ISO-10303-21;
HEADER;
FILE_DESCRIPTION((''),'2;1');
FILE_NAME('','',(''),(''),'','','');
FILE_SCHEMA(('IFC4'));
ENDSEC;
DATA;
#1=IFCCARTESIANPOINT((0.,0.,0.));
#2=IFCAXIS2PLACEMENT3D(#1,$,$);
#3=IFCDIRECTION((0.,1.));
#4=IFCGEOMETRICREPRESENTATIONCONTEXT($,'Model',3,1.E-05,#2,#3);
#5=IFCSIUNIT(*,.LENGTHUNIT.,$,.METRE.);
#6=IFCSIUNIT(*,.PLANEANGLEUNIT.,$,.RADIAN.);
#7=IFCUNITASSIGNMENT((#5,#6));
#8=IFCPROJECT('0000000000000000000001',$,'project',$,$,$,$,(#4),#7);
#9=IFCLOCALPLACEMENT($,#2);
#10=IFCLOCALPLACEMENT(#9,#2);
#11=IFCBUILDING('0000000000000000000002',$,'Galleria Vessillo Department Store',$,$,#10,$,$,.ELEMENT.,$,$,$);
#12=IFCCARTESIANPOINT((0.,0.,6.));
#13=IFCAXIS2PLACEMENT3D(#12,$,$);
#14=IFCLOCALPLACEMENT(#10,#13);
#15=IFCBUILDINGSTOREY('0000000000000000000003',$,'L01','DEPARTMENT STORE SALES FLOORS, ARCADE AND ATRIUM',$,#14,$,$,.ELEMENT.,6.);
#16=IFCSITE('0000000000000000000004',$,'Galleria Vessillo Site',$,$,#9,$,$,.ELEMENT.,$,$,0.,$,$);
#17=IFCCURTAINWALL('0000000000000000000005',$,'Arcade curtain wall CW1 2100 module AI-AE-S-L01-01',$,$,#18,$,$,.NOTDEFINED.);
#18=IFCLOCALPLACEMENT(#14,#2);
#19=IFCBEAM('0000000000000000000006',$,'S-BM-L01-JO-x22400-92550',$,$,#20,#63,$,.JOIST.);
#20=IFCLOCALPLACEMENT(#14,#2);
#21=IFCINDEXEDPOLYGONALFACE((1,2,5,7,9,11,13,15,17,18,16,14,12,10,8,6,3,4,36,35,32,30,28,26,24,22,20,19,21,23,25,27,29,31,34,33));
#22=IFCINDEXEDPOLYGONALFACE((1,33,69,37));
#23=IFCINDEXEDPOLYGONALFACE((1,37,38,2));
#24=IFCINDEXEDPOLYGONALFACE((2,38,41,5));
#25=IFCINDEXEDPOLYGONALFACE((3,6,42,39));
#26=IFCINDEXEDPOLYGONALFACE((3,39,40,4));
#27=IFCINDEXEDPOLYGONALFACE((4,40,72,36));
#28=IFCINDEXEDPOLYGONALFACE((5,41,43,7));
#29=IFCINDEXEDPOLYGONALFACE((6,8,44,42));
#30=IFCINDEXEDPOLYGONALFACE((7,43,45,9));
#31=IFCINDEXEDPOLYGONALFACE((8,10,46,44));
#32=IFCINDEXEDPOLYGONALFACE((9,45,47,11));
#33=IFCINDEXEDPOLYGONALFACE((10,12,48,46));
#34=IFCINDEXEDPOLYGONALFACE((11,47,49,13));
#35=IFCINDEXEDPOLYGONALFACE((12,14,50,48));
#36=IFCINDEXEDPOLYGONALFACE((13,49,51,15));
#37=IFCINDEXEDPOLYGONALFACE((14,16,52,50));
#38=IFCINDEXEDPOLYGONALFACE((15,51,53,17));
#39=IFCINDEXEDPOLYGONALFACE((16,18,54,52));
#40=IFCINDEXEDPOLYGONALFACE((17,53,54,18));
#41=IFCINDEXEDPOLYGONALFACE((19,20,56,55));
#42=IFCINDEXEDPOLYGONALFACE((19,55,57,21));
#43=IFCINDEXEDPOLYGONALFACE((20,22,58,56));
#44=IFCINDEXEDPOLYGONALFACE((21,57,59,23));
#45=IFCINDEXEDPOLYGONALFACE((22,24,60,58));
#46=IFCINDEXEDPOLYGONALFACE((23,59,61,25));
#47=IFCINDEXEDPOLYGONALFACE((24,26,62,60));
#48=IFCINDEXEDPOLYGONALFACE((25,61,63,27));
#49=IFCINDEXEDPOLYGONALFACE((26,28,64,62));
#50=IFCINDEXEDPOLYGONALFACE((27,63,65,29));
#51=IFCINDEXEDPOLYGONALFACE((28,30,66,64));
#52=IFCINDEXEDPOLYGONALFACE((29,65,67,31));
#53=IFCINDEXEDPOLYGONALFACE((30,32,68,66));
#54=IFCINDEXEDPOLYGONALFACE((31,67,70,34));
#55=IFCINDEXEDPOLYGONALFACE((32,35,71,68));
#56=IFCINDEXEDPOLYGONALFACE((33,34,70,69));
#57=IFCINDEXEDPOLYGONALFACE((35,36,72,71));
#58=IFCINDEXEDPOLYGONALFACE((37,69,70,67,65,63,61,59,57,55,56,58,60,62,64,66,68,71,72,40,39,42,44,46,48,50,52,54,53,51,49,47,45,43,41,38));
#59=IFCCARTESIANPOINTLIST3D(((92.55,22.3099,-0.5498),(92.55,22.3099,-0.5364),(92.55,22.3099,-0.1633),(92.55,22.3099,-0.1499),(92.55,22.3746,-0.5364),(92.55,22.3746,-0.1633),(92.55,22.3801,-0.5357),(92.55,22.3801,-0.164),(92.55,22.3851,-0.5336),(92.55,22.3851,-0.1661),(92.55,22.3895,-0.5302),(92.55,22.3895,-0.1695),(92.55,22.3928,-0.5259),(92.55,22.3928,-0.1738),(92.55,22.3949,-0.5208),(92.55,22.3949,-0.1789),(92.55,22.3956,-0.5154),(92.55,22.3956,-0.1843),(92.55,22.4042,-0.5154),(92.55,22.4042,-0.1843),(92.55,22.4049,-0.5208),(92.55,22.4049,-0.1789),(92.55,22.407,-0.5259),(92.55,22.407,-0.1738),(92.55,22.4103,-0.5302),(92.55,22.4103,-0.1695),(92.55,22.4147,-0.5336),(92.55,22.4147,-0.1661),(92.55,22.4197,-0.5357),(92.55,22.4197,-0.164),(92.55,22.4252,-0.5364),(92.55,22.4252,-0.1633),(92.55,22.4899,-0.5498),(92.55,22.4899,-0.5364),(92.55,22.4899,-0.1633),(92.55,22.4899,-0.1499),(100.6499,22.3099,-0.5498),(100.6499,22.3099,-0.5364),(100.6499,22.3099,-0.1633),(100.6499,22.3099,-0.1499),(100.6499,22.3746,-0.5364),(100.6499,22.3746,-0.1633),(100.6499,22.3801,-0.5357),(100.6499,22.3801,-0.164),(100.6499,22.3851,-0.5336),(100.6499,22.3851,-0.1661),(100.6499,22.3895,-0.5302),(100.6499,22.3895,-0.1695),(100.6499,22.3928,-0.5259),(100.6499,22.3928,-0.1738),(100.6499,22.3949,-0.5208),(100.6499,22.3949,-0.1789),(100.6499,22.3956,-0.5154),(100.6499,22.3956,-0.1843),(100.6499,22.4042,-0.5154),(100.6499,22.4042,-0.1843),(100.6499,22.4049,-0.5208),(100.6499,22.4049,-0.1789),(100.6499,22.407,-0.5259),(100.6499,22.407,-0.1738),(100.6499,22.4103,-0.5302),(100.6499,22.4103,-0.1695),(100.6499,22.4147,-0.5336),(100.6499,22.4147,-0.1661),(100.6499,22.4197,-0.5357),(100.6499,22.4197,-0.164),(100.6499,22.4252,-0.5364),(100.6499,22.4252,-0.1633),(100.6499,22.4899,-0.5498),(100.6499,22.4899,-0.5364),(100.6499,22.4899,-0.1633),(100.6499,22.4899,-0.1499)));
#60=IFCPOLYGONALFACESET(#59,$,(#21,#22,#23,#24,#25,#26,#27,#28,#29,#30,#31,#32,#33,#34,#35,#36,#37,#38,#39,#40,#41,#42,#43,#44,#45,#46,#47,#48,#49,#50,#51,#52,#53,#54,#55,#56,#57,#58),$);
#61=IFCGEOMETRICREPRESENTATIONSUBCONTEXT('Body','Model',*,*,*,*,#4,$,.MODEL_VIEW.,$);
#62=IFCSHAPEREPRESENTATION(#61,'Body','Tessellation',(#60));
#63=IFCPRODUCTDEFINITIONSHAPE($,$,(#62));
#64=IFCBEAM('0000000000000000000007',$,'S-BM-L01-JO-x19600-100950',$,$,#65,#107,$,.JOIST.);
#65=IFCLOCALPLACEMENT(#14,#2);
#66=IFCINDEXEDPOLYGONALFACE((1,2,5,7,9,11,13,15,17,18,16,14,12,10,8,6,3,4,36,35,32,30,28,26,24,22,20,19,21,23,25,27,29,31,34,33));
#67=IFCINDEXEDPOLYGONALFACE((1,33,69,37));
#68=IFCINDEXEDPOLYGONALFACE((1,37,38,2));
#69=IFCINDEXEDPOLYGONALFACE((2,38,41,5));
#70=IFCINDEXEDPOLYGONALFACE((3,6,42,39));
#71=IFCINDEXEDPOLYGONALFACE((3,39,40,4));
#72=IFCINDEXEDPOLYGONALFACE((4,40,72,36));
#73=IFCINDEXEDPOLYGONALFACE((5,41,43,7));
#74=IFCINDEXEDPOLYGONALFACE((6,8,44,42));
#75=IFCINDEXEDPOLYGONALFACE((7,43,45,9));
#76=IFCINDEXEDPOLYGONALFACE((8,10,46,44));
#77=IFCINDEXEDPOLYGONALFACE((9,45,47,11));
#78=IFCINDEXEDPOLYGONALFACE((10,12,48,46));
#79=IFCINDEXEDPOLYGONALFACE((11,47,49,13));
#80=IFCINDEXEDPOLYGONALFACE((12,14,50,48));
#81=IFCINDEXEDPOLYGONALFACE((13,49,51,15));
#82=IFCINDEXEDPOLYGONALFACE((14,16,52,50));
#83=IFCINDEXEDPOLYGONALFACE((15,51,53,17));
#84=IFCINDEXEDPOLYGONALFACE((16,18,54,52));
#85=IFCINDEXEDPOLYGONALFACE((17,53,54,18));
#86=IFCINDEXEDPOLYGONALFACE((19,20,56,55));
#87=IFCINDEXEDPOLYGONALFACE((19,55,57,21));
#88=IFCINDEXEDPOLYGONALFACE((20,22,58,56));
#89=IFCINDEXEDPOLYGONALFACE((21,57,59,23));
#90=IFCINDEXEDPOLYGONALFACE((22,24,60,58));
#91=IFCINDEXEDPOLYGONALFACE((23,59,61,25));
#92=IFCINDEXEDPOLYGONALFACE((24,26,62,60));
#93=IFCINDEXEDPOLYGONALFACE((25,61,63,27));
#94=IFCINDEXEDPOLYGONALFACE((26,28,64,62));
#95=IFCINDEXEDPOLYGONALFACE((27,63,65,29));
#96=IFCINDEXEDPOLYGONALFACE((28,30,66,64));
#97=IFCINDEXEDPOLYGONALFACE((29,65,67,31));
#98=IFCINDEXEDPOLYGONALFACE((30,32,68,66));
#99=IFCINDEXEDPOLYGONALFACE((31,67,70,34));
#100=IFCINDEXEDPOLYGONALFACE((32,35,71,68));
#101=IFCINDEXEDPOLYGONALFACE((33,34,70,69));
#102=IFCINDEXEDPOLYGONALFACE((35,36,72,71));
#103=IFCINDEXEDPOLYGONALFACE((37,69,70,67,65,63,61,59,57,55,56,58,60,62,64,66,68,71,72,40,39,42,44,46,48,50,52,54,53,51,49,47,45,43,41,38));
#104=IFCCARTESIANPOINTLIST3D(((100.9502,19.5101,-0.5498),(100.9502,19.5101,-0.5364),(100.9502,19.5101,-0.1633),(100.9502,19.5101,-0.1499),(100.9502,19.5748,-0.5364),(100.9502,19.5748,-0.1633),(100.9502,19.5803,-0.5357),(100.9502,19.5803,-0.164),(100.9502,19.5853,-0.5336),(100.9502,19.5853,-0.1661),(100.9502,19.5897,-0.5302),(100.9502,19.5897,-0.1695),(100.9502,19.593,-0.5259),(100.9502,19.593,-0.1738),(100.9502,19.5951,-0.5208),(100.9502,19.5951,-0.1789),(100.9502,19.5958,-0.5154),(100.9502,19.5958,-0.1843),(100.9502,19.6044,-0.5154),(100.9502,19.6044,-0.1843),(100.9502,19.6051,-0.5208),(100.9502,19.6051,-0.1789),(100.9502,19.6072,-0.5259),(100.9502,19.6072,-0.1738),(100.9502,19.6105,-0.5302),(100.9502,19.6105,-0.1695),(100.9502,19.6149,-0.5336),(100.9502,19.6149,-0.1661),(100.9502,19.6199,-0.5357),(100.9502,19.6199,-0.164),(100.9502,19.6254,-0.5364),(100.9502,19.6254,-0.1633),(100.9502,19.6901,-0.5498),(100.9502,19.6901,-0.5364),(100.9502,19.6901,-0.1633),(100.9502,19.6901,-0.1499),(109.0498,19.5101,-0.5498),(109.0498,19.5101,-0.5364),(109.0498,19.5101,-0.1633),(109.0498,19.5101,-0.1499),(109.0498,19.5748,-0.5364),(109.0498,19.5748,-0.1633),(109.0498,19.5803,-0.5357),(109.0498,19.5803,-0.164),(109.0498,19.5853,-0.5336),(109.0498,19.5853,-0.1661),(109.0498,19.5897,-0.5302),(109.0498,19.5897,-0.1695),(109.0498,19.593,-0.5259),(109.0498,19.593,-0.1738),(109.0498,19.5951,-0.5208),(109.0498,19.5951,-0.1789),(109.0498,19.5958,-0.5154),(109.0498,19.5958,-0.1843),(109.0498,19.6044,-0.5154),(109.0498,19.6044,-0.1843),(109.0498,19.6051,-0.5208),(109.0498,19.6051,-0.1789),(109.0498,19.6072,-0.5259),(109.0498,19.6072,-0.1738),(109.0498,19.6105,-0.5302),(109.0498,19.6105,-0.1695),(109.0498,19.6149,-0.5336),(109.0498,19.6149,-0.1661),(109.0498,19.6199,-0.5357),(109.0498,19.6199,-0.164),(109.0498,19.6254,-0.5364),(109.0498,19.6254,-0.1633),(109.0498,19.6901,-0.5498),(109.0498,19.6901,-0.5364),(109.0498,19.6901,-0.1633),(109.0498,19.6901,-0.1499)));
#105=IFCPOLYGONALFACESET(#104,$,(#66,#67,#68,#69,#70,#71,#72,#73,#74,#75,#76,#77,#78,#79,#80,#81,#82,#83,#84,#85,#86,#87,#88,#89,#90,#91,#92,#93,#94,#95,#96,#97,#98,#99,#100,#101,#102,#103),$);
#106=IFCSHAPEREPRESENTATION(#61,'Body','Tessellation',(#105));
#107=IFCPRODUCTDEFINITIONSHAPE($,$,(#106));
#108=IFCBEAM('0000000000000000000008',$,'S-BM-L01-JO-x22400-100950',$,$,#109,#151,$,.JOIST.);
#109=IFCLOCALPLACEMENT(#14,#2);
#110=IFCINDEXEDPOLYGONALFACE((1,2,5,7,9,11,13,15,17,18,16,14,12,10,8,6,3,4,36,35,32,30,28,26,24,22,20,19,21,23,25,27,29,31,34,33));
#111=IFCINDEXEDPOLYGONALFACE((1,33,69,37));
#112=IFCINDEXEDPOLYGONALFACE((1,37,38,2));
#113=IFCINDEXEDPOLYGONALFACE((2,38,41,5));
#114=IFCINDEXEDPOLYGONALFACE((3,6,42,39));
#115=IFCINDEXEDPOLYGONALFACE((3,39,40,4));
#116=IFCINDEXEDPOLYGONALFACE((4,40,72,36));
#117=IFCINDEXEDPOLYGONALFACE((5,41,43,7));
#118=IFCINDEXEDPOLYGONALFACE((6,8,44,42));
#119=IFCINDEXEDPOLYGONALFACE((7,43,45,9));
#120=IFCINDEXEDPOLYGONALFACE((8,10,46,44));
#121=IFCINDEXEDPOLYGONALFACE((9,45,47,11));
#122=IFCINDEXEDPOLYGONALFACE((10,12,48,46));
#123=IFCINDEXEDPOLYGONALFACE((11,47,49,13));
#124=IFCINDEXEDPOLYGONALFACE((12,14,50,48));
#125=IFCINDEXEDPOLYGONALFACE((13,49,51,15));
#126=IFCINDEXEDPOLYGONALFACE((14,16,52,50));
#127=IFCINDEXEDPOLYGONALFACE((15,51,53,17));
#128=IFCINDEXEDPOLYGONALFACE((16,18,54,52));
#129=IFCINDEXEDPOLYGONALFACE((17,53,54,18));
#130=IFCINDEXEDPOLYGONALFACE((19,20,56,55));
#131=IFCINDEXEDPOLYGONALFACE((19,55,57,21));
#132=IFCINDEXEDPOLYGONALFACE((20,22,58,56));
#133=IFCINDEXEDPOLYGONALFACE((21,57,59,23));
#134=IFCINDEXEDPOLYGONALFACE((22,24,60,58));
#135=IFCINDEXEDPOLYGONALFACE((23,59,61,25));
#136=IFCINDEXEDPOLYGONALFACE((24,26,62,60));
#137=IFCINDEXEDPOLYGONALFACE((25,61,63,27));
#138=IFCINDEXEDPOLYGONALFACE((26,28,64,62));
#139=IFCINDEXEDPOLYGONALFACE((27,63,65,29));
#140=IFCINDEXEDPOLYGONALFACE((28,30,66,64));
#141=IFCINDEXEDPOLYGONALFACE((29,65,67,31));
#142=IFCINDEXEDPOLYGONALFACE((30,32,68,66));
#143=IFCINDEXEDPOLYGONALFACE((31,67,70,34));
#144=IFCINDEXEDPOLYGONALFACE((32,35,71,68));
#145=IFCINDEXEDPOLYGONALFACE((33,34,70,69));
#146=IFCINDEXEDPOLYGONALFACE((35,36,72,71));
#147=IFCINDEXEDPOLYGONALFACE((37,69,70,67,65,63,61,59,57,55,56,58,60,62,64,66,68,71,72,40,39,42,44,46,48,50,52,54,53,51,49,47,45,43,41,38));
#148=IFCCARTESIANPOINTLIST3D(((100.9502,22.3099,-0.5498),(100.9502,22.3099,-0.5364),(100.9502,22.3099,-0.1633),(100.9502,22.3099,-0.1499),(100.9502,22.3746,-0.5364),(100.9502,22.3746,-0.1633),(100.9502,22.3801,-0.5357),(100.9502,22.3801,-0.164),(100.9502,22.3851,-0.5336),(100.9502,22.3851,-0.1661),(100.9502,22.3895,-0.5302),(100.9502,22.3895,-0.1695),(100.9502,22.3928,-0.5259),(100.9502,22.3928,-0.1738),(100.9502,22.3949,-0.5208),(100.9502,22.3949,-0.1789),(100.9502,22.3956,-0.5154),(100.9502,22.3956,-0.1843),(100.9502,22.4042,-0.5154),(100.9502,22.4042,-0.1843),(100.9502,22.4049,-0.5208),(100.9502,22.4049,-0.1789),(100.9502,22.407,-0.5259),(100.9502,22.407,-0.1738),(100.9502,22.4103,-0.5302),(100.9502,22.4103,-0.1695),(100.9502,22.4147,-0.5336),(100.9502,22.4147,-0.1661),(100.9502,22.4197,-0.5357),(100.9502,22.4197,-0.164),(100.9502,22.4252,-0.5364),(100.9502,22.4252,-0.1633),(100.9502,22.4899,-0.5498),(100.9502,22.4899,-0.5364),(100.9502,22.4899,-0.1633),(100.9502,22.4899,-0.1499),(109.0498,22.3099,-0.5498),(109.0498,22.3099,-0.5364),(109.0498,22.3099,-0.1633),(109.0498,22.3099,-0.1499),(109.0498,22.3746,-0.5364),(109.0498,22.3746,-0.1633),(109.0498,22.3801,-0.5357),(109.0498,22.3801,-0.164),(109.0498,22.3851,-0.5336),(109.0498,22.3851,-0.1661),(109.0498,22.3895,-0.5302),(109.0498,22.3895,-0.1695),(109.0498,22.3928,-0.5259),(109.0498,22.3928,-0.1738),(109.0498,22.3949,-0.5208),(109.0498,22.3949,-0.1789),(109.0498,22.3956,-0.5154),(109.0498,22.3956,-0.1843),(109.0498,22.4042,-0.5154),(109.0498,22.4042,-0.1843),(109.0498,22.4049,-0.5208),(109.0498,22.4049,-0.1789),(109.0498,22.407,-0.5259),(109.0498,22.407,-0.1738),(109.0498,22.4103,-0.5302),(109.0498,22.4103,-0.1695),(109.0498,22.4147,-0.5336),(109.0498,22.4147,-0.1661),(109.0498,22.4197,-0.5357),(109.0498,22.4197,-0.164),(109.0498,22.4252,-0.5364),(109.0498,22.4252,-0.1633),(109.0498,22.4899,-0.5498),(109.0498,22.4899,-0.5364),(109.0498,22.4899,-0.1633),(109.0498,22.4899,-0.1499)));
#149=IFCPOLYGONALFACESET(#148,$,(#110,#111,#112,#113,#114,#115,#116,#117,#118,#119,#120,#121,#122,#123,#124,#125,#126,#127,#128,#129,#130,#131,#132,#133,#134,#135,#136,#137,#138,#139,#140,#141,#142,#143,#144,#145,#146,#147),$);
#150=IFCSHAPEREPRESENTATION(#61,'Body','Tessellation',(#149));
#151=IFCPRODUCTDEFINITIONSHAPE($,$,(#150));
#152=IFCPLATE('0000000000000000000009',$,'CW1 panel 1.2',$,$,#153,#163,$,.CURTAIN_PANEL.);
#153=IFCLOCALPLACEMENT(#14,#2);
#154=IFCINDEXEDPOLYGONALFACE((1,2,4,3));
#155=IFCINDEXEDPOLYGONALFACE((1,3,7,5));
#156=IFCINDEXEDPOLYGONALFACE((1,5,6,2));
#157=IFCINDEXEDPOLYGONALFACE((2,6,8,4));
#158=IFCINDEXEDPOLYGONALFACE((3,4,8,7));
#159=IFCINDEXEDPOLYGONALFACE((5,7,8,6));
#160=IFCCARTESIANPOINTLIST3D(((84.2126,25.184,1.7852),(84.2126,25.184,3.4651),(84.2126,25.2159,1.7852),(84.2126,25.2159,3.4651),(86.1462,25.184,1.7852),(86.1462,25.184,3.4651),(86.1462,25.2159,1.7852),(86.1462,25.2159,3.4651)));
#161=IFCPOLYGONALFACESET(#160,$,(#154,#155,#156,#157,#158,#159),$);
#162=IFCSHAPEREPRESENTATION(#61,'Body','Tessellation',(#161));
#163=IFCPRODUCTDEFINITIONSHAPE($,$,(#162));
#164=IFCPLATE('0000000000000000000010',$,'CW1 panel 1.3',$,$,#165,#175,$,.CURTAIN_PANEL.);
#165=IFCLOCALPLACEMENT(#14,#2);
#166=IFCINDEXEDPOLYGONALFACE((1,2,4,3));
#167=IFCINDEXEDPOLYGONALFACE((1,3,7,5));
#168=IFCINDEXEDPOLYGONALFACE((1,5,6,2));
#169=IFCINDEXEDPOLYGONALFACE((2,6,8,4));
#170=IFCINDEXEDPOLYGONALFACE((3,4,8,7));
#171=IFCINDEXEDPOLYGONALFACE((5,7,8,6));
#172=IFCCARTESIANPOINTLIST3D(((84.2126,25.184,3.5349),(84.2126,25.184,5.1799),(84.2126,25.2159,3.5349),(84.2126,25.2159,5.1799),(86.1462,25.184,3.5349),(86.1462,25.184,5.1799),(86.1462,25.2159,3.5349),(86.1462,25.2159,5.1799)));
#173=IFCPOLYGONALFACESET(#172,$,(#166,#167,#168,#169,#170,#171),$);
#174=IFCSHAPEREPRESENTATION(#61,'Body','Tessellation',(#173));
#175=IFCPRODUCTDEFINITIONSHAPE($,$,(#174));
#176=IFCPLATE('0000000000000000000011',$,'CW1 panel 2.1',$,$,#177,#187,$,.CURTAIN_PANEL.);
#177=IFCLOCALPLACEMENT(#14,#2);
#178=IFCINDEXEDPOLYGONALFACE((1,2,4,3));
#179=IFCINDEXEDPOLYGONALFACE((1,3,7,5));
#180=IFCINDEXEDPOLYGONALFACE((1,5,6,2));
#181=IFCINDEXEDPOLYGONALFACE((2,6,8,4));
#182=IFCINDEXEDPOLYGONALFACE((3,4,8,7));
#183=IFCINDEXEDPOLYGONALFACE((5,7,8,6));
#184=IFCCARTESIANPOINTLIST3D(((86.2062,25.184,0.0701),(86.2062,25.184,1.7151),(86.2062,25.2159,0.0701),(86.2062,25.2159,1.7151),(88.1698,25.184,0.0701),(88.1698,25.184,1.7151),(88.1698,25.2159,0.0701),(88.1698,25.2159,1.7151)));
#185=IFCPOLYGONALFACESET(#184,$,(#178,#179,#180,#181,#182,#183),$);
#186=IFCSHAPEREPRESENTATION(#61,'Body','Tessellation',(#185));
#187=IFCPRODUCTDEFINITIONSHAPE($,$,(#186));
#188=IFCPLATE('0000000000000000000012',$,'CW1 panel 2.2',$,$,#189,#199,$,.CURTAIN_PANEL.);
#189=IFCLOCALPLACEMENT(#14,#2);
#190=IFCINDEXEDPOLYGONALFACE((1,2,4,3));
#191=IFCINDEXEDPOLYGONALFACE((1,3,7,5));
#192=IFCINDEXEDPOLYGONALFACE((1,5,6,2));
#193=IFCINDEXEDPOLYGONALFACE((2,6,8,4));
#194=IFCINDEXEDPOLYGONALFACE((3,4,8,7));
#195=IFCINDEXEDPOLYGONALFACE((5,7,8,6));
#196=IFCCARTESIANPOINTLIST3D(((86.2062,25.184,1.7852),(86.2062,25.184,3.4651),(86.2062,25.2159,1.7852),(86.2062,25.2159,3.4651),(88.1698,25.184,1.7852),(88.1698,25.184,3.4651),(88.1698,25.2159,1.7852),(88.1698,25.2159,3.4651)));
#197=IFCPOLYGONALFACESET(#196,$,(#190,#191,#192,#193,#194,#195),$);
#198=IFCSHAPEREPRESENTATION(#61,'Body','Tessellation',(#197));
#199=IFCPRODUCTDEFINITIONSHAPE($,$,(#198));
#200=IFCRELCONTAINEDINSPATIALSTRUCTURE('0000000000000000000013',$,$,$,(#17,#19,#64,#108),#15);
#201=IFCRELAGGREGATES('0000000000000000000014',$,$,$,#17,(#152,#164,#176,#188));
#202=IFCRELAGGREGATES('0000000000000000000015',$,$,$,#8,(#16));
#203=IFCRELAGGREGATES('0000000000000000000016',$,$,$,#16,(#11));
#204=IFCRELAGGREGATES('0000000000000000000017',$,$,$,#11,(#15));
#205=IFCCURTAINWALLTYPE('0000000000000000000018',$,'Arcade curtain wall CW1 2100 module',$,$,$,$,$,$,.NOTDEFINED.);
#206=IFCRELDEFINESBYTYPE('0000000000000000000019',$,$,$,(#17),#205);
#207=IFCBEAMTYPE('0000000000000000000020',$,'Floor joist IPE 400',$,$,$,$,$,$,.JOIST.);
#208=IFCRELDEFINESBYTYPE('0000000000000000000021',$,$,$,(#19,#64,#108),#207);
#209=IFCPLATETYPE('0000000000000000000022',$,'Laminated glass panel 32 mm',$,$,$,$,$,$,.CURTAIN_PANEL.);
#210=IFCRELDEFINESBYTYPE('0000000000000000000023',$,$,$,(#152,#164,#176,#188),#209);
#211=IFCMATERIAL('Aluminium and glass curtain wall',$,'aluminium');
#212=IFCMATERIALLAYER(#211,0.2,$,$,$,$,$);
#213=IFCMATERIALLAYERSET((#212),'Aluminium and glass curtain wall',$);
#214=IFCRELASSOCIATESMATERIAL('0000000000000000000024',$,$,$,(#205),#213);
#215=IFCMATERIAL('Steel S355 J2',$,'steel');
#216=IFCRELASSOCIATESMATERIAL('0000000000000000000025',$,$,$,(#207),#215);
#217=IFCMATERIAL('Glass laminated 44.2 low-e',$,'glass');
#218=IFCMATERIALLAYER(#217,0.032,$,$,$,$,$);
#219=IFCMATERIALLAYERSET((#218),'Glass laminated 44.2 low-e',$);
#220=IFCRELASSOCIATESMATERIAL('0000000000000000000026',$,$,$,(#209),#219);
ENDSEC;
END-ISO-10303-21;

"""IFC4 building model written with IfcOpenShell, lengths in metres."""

from ifc_helpers import new_model, si_unit, direction, frame, origin, origin_2d, place, context, subcontext, project, spatial, rectangle, i_section, extrude, material, layer, layer_set, material_profile, profile_set, type_object, element, aggregate, save


model = new_model("IFC4")

# Units and contexts
model_context = context("Model", 3, precision=1e-05, world=origin(), true_north=direction((0.0, 1.0)))
body_context = subcontext(model_context, "Body", "Model", "MODEL_VIEW")
ifc_project = project(units=[si_unit("LENGTHUNIT", "METRE"), si_unit("PLANEANGLEUNIT", "RADIAN")], contexts=[model_context])

# Site, building, storey
site_placement = place(None, origin())
site = spatial("IfcSite", under=ifc_project, at=site_placement, Name="Galleria Vessillo Site", CompositionType="ELEMENT", RefElevation=0.0)
building_placement = place(site_placement, origin())
building = spatial("IfcBuilding", under=site, at=building_placement, Name="Galleria Vessillo Department Store", CompositionType="ELEMENT")
storey_placement = place(building_placement, frame((0.0, 0.0, 6.0)))
storey = spatial("IfcBuildingStorey", under=building, at=storey_placement, Name="L01", Description="DEPARTMENT STORE SALES FLOORS, ARCADE AND ATRIUM", CompositionType="ELEMENT", Elevation=6.0)

# Curtain wall
ifc_material_1 = material(Name="Aluminium and glass curtain wall", Category="aluminium")
ifc_layer_1 = layer(ifc_material_1, 0.2)
ifc_layer_set_1 = layer_set([ifc_layer_1], Name="Aluminium and glass curtain wall")
curtain_wall_type = type_object("IfcCurtainWallType", Name="Arcade curtain wall CW1 2100 module", PredefinedType="NOTDEFINED", material=ifc_layer_set_1)
curtain_wall_placement = place(storey_placement, origin())
curtain_wall = element("IfcCurtainWall", 1, at=curtain_wall_placement, inside=storey, type_object=curtain_wall_type, Name="Arcade curtain wall CW1 2100 module AI-AE-S-L01-01", PredefinedType="NOTDEFINED")

# Beams
ifc_material_2 = material(Name="Steel S355 J2", Category="steel")
ifc_material_profile_1 = material_profile(ifc_material_2, i_section(OverallWidth=0.1799, OverallDepth=0.3999, WebThickness=0.0085, FlangeThickness=0.0134, FilletRadius=0.021, at=origin_2d()), Name="IPE 400")
ifc_profile_set_1 = profile_set([ifc_material_profile_1], Name="Steel S355 J2")
beam_type_1 = type_object("IfcBeamType", Name="Floor joist IPE 400", PredefinedType="JOIST", material=ifc_profile_set_1)
for number, where, z_axis, x_axis, name in (
    (2, (92.55, 22.3999, -0.3499), (1.0, 0.0, 0.0), (0.0, 1.0, 0.0), "S-BM-L01-JO-x22400-92550"),
):
    element("IfcBeam", number, at=place(storey_placement, frame(where, z_axis=z_axis, x_axis=x_axis)), inside=storey, type_object=beam_type_1, Name=name, PredefinedType="JOIST", context=body_context, shape_type="SweptSolid", body=[
        extrude(i_section(OverallWidth=0.1799, OverallDepth=0.3999, WebThickness=0.0085, FlangeThickness=0.0134, FilletRadius=0.021, at=origin_2d()), origin(), (0.0, 0.0, 1.0), 8.0999),
    ])
for number, where, z_axis, x_axis, name in (
    (3, (100.9502, 19.6001, -0.3499), (1.0, 0.0, 0.0), (0.0, 1.0, 0.0), "S-BM-L01-JO-x19600-100950"),
    (4, (100.9502, 22.3999, -0.3499), (1.0, 0.0, 0.0), (0.0, 1.0, 0.0), "S-BM-L01-JO-x22400-100950"),
):
    element("IfcBeam", number, at=place(storey_placement, frame(where, z_axis=z_axis, x_axis=x_axis)), inside=storey, type_object=beam_type_1, Name=name, PredefinedType="JOIST", context=body_context, shape_type="SweptSolid", body=[
        extrude(i_section(OverallWidth=0.1799, OverallDepth=0.3999, WebThickness=0.0085, FlangeThickness=0.0134, FilletRadius=0.021, at=origin_2d()), origin(), (0.0, 0.0, 1.0), 8.0996),
    ])

# Plates
ifc_material_3 = material(Name="Glass laminated 44.2 low-e", Category="glass")
ifc_layer_2 = layer(ifc_material_3, 0.032)
ifc_layer_set_2 = layer_set([ifc_layer_2], Name="Glass laminated 44.2 low-e")
plate_type = type_object("IfcPlateType", Name="Laminated glass panel 32 mm", PredefinedType="CURTAIN_PANEL", material=ifc_layer_set_2)
plate_1_placement = place(storey_placement, frame((85.1794, 25.2, 1.7852), z_axis=(0.0, 0.0, 1.0), x_axis=(1.0, 0.0, 0.0)))
plate_1 = element("IfcPlate", 5, at=plate_1_placement, type_object=plate_type, Name="CW1 panel 1.2", PredefinedType="CURTAIN_PANEL", context=body_context, shape_type="SweptSolid", body=[
    extrude(rectangle(XDim=1.9336, YDim=0.032, at=origin_2d()), origin(), (0.0, 0.0, 1.0), 1.6799),
])
plate_2_placement = place(storey_placement, frame((85.1794, 25.2, 3.5349), z_axis=(0.0, 0.0, 1.0), x_axis=(1.0, 0.0, 0.0)))
plate_2 = element("IfcPlate", 6, at=plate_2_placement, type_object=plate_type, Name="CW1 panel 1.3", PredefinedType="CURTAIN_PANEL", context=body_context, shape_type="SweptSolid", body=[
    extrude(rectangle(XDim=1.9336, YDim=0.032, at=origin_2d()), origin(), (0.0, 0.0, 1.0), 1.645),
])
plate_3_placement = place(storey_placement, frame((87.188, 25.2, 0.0701), z_axis=(0.0, 0.0, 1.0), x_axis=(1.0, 0.0, 0.0)))
plate_3 = element("IfcPlate", 7, at=plate_3_placement, type_object=plate_type, Name="CW1 panel 2.1", PredefinedType="CURTAIN_PANEL", context=body_context, shape_type="SweptSolid", body=[
    extrude(rectangle(XDim=1.9636, YDim=0.032, at=origin_2d()), origin(), (0.0, 0.0, 1.0), 1.645),
])
plate_4_placement = place(storey_placement, frame((87.188, 25.2, 1.7852), z_axis=(0.0, 0.0, 1.0), x_axis=(1.0, 0.0, 0.0)))
plate_4 = element("IfcPlate", 8, at=plate_4_placement, type_object=plate_type, Name="CW1 panel 2.2", PredefinedType="CURTAIN_PANEL", context=body_context, shape_type="SweptSolid", body=[
    extrude(rectangle(XDim=1.9636, YDim=0.032, at=origin_2d()), origin(), (0.0, 0.0, 1.0), 1.6799),
])
aggregate(curtain_wall, [plate_1, plate_2, plate_3, plate_4])

save(model, "model.ifc")
